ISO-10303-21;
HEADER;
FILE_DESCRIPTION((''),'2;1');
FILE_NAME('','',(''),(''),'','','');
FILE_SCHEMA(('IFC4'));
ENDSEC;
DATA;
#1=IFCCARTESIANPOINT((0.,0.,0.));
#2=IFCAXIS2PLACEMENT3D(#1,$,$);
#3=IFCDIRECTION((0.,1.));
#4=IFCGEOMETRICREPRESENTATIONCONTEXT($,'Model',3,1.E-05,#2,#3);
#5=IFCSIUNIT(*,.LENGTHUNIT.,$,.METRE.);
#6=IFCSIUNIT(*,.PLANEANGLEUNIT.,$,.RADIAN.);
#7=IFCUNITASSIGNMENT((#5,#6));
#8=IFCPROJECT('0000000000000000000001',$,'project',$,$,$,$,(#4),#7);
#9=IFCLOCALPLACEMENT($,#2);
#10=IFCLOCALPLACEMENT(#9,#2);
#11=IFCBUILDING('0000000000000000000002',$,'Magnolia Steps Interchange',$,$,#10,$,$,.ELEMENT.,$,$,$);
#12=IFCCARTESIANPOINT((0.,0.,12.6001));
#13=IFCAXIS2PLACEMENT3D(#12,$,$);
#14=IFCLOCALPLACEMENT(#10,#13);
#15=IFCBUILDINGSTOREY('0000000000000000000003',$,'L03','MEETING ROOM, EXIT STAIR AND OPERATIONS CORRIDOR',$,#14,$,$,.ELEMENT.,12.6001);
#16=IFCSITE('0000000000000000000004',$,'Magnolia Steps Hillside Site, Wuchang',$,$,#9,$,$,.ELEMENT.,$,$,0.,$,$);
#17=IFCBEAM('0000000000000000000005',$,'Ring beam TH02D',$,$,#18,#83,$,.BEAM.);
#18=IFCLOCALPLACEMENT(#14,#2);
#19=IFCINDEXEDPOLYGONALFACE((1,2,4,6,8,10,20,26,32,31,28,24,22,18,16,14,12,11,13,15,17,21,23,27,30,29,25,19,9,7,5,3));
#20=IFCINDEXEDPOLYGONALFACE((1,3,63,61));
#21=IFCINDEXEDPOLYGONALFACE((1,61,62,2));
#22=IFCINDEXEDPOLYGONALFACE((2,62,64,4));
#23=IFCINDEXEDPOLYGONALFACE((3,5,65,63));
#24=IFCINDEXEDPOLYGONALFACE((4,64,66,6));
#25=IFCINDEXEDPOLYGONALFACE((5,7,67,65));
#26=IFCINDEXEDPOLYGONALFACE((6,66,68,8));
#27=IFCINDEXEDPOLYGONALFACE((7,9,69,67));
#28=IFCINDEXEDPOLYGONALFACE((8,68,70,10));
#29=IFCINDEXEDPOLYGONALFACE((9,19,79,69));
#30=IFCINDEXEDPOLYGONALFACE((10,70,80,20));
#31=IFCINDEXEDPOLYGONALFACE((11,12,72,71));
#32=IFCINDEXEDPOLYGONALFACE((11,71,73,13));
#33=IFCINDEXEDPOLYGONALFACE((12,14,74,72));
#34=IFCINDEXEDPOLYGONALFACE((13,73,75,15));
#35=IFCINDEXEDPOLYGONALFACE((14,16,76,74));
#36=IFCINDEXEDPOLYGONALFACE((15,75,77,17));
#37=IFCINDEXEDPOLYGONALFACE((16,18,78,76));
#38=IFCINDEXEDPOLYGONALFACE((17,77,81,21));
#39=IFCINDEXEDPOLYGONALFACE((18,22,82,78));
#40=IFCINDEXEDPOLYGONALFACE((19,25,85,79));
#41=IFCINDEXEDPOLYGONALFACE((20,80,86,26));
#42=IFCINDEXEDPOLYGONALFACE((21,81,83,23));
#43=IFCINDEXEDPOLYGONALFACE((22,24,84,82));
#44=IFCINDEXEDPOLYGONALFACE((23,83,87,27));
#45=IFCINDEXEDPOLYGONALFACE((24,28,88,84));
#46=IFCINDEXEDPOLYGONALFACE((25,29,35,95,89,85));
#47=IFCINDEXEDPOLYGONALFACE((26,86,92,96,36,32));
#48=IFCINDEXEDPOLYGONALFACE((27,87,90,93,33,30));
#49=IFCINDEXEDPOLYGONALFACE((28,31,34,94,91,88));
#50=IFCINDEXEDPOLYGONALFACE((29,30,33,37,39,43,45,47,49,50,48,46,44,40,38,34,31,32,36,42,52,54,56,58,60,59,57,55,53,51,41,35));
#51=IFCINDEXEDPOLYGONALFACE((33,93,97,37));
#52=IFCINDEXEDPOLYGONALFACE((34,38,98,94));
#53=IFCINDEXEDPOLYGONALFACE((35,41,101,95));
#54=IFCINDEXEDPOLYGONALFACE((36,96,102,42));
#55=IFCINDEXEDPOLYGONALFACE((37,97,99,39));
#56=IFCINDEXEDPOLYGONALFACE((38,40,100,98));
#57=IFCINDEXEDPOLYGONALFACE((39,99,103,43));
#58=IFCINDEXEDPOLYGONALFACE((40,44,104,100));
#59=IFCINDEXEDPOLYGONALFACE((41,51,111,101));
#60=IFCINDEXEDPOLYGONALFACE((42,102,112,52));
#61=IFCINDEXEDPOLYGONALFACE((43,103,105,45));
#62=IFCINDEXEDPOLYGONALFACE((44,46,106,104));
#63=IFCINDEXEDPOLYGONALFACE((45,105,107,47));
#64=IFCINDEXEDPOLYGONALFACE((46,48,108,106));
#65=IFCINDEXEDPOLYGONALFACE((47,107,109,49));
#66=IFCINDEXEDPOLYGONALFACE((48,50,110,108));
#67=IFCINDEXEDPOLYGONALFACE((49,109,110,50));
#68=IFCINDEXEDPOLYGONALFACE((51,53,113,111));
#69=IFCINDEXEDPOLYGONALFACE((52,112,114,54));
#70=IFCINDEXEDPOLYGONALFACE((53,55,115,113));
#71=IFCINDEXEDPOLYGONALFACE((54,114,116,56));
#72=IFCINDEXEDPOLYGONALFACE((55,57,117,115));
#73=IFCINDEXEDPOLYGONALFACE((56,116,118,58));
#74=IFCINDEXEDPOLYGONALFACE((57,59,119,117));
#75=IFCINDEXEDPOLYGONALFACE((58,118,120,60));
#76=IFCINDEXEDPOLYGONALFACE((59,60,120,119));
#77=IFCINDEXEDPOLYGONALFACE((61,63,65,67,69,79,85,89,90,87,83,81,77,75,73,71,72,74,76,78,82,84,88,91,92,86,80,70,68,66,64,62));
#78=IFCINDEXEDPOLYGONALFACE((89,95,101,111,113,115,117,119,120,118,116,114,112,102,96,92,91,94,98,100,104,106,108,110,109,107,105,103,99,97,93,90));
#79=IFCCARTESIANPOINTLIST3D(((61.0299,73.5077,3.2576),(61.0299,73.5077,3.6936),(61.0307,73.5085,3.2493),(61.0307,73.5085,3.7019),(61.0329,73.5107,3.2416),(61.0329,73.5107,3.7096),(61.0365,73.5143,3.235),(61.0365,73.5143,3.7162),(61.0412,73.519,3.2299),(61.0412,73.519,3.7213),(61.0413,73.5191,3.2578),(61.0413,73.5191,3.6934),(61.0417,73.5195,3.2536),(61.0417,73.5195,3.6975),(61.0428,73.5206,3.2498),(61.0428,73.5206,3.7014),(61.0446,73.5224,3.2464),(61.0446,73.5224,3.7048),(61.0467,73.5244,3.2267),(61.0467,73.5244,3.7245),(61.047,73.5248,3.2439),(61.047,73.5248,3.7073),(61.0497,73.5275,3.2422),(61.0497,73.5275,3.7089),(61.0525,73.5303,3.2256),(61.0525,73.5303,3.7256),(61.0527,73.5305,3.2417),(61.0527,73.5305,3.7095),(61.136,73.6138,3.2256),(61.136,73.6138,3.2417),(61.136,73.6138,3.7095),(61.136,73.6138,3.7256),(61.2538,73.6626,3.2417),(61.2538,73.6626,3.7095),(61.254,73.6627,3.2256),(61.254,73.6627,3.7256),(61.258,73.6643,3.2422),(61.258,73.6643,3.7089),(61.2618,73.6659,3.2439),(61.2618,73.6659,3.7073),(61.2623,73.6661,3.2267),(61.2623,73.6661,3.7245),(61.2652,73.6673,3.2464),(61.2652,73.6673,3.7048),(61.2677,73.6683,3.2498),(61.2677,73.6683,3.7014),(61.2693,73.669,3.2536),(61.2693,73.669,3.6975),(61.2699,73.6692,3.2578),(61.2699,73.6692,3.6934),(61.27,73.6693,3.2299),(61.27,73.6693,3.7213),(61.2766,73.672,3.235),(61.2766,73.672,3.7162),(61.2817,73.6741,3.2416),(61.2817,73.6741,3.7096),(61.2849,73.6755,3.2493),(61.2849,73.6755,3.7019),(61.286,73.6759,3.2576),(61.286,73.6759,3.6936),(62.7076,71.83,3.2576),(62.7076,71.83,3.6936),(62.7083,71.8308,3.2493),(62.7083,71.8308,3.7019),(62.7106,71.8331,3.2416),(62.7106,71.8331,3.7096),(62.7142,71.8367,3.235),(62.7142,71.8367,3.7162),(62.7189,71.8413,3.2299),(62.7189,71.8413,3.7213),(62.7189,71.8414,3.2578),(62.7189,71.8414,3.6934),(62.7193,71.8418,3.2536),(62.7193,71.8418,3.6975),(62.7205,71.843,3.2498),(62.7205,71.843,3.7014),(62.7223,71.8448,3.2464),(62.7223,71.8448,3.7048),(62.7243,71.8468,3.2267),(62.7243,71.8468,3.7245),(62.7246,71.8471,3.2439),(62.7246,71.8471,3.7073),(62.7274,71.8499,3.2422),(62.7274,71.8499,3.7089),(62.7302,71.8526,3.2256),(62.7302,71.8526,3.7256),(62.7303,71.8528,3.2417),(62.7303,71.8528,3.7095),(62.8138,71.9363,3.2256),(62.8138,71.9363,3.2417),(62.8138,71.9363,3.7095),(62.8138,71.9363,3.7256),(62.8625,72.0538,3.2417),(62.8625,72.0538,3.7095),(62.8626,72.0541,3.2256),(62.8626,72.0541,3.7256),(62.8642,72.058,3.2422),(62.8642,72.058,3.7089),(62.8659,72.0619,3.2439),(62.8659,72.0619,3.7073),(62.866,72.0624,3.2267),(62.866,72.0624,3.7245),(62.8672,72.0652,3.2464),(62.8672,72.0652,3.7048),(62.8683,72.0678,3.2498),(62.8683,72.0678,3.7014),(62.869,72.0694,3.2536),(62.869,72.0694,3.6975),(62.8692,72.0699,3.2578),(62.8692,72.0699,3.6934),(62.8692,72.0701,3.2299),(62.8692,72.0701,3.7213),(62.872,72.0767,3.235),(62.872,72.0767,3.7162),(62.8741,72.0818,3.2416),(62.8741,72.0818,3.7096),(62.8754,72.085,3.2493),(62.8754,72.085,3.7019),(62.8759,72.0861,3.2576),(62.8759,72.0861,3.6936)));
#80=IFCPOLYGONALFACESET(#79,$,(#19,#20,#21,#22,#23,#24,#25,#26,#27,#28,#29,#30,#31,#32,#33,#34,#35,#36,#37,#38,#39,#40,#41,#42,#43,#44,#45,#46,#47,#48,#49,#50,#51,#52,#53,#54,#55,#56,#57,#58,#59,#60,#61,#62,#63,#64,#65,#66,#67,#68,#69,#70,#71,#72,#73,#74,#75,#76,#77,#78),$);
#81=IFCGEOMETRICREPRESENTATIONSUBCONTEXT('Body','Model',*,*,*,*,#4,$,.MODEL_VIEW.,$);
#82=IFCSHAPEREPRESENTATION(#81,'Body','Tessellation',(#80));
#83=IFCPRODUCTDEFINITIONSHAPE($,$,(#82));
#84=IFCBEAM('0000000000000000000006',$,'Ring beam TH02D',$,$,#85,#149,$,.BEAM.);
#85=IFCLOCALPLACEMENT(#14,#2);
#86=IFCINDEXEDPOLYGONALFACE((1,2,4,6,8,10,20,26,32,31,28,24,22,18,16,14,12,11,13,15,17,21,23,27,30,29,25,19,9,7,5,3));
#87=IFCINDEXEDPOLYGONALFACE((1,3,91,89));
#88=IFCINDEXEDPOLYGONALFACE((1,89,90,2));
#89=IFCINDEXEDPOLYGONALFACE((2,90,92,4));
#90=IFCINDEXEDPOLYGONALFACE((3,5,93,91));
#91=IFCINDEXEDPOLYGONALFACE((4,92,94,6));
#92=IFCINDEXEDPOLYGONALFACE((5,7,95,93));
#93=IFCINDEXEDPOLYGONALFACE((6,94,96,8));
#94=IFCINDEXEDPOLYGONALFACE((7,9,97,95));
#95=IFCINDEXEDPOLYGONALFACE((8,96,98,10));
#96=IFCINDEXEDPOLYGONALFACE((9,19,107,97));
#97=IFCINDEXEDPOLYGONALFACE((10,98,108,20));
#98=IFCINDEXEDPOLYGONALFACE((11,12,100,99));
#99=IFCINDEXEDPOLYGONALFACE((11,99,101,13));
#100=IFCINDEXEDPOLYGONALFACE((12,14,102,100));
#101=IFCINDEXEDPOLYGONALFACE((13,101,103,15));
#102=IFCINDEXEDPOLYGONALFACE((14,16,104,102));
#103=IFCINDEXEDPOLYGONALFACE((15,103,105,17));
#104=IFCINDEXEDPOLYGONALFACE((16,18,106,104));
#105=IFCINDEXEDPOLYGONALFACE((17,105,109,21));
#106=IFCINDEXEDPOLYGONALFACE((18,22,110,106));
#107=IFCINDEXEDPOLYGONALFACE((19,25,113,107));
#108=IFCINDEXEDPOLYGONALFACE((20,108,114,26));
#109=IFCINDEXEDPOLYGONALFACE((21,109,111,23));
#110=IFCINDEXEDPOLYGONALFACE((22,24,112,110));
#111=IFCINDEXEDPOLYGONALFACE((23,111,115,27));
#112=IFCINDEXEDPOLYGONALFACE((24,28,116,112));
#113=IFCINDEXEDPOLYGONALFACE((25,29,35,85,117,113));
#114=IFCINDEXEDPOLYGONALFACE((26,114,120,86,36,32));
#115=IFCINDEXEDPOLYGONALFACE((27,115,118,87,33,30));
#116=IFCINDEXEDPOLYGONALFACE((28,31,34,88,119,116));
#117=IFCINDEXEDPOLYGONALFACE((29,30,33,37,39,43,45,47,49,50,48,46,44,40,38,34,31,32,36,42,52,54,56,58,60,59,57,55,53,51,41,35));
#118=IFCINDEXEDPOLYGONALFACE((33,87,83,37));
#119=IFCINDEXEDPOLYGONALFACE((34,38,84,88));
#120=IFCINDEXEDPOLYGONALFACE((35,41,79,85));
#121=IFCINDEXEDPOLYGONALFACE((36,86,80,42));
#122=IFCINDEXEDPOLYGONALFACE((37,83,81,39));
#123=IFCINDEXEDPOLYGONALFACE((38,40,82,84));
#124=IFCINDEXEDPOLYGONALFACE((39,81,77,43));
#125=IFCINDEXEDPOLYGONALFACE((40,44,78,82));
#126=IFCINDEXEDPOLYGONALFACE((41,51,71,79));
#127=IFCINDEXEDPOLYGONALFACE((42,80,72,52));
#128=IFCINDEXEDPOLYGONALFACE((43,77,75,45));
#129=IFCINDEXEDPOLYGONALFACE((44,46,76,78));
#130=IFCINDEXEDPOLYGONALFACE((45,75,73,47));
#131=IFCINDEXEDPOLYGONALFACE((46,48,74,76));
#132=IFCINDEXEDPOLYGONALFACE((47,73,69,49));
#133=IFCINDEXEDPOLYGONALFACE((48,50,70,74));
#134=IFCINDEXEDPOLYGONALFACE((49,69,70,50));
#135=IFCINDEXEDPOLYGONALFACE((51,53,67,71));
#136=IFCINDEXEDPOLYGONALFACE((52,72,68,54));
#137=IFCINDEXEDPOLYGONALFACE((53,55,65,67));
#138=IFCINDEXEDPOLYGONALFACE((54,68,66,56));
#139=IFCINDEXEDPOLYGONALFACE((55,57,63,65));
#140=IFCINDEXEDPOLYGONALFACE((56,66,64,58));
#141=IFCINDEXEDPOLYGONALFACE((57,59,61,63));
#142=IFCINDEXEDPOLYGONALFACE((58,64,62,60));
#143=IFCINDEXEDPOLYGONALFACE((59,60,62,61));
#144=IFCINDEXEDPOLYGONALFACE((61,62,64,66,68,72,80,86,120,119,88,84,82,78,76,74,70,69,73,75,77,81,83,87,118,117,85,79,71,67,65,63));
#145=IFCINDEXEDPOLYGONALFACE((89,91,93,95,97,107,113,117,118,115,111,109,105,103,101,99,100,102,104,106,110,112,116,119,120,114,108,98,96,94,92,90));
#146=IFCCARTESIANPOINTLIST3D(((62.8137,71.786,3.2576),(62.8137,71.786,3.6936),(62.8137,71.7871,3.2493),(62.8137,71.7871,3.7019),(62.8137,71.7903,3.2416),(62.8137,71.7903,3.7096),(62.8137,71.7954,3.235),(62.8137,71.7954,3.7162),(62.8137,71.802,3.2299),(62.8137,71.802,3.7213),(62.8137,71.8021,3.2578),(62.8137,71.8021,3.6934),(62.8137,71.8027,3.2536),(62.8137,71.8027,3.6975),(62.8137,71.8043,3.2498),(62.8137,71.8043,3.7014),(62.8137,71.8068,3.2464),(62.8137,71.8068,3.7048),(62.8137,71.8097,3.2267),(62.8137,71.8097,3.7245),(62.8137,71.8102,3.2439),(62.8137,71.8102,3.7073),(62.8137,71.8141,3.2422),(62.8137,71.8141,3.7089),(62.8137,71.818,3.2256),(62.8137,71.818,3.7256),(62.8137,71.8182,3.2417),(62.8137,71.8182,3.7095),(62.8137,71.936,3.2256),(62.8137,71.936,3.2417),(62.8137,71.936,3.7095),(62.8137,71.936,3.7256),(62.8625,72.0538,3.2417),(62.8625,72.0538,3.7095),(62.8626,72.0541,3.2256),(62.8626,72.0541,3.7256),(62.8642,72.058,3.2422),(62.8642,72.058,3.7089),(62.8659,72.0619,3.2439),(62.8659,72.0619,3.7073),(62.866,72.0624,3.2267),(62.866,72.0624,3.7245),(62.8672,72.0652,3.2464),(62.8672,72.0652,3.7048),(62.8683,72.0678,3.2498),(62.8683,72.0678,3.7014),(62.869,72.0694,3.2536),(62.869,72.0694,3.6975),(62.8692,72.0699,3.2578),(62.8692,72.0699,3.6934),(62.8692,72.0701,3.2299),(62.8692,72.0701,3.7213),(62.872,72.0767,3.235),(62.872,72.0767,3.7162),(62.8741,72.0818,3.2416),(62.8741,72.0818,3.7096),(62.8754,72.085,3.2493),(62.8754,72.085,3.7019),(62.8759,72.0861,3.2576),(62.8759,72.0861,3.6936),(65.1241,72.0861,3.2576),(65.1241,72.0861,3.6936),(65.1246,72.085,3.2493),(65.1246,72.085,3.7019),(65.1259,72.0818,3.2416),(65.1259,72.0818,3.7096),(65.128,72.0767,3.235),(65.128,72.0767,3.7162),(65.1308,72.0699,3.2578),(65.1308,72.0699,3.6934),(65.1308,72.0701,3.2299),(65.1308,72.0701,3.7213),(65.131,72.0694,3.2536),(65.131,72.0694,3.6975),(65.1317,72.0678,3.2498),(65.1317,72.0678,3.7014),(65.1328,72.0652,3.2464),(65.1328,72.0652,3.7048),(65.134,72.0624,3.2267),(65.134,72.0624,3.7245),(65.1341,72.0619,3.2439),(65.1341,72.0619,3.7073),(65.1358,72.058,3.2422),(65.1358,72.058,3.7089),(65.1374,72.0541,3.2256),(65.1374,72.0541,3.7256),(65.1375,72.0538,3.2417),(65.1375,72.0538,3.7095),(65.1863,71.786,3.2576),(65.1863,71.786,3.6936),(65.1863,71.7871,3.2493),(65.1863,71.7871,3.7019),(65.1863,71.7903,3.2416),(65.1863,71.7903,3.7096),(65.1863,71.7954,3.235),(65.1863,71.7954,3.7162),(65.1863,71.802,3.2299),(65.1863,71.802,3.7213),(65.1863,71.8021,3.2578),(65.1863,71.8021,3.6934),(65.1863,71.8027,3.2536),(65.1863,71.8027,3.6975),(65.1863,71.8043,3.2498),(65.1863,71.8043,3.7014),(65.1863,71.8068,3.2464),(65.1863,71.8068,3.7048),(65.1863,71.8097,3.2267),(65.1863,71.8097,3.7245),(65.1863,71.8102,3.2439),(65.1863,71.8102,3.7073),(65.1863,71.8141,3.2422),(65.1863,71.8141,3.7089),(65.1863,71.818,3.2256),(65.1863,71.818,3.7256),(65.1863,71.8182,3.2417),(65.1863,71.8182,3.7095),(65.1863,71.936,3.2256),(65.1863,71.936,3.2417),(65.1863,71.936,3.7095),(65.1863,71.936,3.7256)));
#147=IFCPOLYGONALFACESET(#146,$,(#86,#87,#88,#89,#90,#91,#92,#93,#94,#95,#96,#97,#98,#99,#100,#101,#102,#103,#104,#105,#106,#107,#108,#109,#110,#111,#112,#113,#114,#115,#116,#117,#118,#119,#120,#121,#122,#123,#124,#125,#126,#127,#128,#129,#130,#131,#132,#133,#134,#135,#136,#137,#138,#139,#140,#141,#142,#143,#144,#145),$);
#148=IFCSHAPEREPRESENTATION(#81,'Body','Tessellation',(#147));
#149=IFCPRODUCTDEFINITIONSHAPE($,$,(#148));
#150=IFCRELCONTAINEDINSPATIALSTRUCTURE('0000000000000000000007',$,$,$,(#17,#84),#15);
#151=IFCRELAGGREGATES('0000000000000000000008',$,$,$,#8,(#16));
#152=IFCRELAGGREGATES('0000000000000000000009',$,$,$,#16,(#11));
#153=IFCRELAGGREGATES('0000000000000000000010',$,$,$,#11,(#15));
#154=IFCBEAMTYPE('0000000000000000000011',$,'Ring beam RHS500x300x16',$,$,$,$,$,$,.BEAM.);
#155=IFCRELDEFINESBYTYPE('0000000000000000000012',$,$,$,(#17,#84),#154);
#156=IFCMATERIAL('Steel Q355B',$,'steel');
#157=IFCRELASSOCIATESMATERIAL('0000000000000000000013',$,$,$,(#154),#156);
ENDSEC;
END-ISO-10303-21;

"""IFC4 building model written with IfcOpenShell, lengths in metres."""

from ifc_helpers import new_model, si_unit, direction, frame, origin, origin_2d, place, context, subcontext, project, spatial, hollow_rectangle, extrude, clip, halfspace, material, material_profile, profile_set, type_object, element, save


model = new_model("IFC4")

# Units and contexts
model_context = context("Model", 3, precision=1e-05, world=origin(), true_north=direction((0.0, 1.0)))
body_context = subcontext(model_context, "Body", "Model", "MODEL_VIEW")
ifc_project = project(units=[si_unit("LENGTHUNIT", "METRE"), si_unit("PLANEANGLEUNIT", "RADIAN")], contexts=[model_context])

# Site, building, storey
site_placement = place(None, origin())
site = spatial("IfcSite", under=ifc_project, at=site_placement, Name="Magnolia Steps Hillside Site, Wuchang", CompositionType="ELEMENT", RefElevation=0.0)
building_placement = place(site_placement, origin())
building = spatial("IfcBuilding", under=site, at=building_placement, Name="Magnolia Steps Interchange", CompositionType="ELEMENT")
storey_placement = place(building_placement, frame((0.0, 0.0, 12.6001)))
storey = spatial("IfcBuildingStorey", under=building, at=storey_placement, Name="L03", Description="MEETING ROOM, EXIT STAIR AND OPERATIONS CORRIDOR", CompositionType="ELEMENT", Elevation=12.6001)

# Beams
ifc_material_1 = material(Name="Steel Q355B", Category="steel")
ifc_material_profile_1 = material_profile(ifc_material_1, hollow_rectangle(XDim=0.3, YDim=0.5, WallThickness=0.0161, InnerFilletRadius=0.0161, OuterFilletRadius=0.032, at=origin_2d()), Name="RHS500x300x16")
ifc_profile_set_1 = profile_set([ifc_material_profile_1], Name="Steel Q355B")
beam_type_1 = type_object("IfcBeamType", Name="Ring beam RHS500x300x16", PredefinedType="BEAM", material=ifc_profile_set_1)
beam_1_placement = place(storey_placement, frame((61.136, 73.6138, 3.4756), z_axis=(0.707107, -0.707107, 0.0), x_axis=(0.707107, 0.707107, 0.0)))
element("IfcBeam", 1, at=beam_1_placement, inside=storey, type_object=beam_type_1, Name="Ring beam TH02D", PredefinedType="BEAM", context=body_context, shape_type="Clipping", body=[
    clip(clip(extrude(hollow_rectangle(XDim=0.3, YDim=0.5, WallThickness=0.0161, InnerFilletRadius=0.0161, OuterFilletRadius=0.032, at=origin_2d()), origin(), (0.0, 0.0, 1.0), 2.3726), halfspace(frame((0.0, 0.0, 0.0), z_axis=(0.382683, 0.0, -0.92388), x_axis=(0.92388, 0.0, 0.382683)), False)), halfspace(frame((0.0, 0.0, 2.3727), z_axis=(0.382683, 0.0, 0.92388), x_axis=(0.92388, 0.0, -0.382683)), False)),
])
beam_2_placement = place(storey_placement, frame((62.8137, 71.936, 3.4756), z_axis=(1.0, 0.0, 0.0), x_axis=(0.0, 1.0, 0.0)))
element("IfcBeam", 2, at=beam_2_placement, inside=storey, type_object=beam_type_1, Name="Ring beam TH02D", PredefinedType="BEAM", context=body_context, shape_type="Clipping", body=[
    clip(clip(extrude(hollow_rectangle(XDim=0.3, YDim=0.5, WallThickness=0.0161, InnerFilletRadius=0.0161, OuterFilletRadius=0.032, at=origin_2d()), origin(), (0.0, 0.0, 1.0), 2.3726), halfspace(frame((0.0, 0.0, 0.0), z_axis=(0.382683, 0.0, -0.92388), x_axis=(0.92388, 0.0, 0.382683)), False)), halfspace(frame((0.0, 0.0, 2.3726), z_axis=(0.382683, 0.0, 0.92388), x_axis=(0.92388, 0.0, -0.382683)), False)),
])

save(model, "model.ifc")
